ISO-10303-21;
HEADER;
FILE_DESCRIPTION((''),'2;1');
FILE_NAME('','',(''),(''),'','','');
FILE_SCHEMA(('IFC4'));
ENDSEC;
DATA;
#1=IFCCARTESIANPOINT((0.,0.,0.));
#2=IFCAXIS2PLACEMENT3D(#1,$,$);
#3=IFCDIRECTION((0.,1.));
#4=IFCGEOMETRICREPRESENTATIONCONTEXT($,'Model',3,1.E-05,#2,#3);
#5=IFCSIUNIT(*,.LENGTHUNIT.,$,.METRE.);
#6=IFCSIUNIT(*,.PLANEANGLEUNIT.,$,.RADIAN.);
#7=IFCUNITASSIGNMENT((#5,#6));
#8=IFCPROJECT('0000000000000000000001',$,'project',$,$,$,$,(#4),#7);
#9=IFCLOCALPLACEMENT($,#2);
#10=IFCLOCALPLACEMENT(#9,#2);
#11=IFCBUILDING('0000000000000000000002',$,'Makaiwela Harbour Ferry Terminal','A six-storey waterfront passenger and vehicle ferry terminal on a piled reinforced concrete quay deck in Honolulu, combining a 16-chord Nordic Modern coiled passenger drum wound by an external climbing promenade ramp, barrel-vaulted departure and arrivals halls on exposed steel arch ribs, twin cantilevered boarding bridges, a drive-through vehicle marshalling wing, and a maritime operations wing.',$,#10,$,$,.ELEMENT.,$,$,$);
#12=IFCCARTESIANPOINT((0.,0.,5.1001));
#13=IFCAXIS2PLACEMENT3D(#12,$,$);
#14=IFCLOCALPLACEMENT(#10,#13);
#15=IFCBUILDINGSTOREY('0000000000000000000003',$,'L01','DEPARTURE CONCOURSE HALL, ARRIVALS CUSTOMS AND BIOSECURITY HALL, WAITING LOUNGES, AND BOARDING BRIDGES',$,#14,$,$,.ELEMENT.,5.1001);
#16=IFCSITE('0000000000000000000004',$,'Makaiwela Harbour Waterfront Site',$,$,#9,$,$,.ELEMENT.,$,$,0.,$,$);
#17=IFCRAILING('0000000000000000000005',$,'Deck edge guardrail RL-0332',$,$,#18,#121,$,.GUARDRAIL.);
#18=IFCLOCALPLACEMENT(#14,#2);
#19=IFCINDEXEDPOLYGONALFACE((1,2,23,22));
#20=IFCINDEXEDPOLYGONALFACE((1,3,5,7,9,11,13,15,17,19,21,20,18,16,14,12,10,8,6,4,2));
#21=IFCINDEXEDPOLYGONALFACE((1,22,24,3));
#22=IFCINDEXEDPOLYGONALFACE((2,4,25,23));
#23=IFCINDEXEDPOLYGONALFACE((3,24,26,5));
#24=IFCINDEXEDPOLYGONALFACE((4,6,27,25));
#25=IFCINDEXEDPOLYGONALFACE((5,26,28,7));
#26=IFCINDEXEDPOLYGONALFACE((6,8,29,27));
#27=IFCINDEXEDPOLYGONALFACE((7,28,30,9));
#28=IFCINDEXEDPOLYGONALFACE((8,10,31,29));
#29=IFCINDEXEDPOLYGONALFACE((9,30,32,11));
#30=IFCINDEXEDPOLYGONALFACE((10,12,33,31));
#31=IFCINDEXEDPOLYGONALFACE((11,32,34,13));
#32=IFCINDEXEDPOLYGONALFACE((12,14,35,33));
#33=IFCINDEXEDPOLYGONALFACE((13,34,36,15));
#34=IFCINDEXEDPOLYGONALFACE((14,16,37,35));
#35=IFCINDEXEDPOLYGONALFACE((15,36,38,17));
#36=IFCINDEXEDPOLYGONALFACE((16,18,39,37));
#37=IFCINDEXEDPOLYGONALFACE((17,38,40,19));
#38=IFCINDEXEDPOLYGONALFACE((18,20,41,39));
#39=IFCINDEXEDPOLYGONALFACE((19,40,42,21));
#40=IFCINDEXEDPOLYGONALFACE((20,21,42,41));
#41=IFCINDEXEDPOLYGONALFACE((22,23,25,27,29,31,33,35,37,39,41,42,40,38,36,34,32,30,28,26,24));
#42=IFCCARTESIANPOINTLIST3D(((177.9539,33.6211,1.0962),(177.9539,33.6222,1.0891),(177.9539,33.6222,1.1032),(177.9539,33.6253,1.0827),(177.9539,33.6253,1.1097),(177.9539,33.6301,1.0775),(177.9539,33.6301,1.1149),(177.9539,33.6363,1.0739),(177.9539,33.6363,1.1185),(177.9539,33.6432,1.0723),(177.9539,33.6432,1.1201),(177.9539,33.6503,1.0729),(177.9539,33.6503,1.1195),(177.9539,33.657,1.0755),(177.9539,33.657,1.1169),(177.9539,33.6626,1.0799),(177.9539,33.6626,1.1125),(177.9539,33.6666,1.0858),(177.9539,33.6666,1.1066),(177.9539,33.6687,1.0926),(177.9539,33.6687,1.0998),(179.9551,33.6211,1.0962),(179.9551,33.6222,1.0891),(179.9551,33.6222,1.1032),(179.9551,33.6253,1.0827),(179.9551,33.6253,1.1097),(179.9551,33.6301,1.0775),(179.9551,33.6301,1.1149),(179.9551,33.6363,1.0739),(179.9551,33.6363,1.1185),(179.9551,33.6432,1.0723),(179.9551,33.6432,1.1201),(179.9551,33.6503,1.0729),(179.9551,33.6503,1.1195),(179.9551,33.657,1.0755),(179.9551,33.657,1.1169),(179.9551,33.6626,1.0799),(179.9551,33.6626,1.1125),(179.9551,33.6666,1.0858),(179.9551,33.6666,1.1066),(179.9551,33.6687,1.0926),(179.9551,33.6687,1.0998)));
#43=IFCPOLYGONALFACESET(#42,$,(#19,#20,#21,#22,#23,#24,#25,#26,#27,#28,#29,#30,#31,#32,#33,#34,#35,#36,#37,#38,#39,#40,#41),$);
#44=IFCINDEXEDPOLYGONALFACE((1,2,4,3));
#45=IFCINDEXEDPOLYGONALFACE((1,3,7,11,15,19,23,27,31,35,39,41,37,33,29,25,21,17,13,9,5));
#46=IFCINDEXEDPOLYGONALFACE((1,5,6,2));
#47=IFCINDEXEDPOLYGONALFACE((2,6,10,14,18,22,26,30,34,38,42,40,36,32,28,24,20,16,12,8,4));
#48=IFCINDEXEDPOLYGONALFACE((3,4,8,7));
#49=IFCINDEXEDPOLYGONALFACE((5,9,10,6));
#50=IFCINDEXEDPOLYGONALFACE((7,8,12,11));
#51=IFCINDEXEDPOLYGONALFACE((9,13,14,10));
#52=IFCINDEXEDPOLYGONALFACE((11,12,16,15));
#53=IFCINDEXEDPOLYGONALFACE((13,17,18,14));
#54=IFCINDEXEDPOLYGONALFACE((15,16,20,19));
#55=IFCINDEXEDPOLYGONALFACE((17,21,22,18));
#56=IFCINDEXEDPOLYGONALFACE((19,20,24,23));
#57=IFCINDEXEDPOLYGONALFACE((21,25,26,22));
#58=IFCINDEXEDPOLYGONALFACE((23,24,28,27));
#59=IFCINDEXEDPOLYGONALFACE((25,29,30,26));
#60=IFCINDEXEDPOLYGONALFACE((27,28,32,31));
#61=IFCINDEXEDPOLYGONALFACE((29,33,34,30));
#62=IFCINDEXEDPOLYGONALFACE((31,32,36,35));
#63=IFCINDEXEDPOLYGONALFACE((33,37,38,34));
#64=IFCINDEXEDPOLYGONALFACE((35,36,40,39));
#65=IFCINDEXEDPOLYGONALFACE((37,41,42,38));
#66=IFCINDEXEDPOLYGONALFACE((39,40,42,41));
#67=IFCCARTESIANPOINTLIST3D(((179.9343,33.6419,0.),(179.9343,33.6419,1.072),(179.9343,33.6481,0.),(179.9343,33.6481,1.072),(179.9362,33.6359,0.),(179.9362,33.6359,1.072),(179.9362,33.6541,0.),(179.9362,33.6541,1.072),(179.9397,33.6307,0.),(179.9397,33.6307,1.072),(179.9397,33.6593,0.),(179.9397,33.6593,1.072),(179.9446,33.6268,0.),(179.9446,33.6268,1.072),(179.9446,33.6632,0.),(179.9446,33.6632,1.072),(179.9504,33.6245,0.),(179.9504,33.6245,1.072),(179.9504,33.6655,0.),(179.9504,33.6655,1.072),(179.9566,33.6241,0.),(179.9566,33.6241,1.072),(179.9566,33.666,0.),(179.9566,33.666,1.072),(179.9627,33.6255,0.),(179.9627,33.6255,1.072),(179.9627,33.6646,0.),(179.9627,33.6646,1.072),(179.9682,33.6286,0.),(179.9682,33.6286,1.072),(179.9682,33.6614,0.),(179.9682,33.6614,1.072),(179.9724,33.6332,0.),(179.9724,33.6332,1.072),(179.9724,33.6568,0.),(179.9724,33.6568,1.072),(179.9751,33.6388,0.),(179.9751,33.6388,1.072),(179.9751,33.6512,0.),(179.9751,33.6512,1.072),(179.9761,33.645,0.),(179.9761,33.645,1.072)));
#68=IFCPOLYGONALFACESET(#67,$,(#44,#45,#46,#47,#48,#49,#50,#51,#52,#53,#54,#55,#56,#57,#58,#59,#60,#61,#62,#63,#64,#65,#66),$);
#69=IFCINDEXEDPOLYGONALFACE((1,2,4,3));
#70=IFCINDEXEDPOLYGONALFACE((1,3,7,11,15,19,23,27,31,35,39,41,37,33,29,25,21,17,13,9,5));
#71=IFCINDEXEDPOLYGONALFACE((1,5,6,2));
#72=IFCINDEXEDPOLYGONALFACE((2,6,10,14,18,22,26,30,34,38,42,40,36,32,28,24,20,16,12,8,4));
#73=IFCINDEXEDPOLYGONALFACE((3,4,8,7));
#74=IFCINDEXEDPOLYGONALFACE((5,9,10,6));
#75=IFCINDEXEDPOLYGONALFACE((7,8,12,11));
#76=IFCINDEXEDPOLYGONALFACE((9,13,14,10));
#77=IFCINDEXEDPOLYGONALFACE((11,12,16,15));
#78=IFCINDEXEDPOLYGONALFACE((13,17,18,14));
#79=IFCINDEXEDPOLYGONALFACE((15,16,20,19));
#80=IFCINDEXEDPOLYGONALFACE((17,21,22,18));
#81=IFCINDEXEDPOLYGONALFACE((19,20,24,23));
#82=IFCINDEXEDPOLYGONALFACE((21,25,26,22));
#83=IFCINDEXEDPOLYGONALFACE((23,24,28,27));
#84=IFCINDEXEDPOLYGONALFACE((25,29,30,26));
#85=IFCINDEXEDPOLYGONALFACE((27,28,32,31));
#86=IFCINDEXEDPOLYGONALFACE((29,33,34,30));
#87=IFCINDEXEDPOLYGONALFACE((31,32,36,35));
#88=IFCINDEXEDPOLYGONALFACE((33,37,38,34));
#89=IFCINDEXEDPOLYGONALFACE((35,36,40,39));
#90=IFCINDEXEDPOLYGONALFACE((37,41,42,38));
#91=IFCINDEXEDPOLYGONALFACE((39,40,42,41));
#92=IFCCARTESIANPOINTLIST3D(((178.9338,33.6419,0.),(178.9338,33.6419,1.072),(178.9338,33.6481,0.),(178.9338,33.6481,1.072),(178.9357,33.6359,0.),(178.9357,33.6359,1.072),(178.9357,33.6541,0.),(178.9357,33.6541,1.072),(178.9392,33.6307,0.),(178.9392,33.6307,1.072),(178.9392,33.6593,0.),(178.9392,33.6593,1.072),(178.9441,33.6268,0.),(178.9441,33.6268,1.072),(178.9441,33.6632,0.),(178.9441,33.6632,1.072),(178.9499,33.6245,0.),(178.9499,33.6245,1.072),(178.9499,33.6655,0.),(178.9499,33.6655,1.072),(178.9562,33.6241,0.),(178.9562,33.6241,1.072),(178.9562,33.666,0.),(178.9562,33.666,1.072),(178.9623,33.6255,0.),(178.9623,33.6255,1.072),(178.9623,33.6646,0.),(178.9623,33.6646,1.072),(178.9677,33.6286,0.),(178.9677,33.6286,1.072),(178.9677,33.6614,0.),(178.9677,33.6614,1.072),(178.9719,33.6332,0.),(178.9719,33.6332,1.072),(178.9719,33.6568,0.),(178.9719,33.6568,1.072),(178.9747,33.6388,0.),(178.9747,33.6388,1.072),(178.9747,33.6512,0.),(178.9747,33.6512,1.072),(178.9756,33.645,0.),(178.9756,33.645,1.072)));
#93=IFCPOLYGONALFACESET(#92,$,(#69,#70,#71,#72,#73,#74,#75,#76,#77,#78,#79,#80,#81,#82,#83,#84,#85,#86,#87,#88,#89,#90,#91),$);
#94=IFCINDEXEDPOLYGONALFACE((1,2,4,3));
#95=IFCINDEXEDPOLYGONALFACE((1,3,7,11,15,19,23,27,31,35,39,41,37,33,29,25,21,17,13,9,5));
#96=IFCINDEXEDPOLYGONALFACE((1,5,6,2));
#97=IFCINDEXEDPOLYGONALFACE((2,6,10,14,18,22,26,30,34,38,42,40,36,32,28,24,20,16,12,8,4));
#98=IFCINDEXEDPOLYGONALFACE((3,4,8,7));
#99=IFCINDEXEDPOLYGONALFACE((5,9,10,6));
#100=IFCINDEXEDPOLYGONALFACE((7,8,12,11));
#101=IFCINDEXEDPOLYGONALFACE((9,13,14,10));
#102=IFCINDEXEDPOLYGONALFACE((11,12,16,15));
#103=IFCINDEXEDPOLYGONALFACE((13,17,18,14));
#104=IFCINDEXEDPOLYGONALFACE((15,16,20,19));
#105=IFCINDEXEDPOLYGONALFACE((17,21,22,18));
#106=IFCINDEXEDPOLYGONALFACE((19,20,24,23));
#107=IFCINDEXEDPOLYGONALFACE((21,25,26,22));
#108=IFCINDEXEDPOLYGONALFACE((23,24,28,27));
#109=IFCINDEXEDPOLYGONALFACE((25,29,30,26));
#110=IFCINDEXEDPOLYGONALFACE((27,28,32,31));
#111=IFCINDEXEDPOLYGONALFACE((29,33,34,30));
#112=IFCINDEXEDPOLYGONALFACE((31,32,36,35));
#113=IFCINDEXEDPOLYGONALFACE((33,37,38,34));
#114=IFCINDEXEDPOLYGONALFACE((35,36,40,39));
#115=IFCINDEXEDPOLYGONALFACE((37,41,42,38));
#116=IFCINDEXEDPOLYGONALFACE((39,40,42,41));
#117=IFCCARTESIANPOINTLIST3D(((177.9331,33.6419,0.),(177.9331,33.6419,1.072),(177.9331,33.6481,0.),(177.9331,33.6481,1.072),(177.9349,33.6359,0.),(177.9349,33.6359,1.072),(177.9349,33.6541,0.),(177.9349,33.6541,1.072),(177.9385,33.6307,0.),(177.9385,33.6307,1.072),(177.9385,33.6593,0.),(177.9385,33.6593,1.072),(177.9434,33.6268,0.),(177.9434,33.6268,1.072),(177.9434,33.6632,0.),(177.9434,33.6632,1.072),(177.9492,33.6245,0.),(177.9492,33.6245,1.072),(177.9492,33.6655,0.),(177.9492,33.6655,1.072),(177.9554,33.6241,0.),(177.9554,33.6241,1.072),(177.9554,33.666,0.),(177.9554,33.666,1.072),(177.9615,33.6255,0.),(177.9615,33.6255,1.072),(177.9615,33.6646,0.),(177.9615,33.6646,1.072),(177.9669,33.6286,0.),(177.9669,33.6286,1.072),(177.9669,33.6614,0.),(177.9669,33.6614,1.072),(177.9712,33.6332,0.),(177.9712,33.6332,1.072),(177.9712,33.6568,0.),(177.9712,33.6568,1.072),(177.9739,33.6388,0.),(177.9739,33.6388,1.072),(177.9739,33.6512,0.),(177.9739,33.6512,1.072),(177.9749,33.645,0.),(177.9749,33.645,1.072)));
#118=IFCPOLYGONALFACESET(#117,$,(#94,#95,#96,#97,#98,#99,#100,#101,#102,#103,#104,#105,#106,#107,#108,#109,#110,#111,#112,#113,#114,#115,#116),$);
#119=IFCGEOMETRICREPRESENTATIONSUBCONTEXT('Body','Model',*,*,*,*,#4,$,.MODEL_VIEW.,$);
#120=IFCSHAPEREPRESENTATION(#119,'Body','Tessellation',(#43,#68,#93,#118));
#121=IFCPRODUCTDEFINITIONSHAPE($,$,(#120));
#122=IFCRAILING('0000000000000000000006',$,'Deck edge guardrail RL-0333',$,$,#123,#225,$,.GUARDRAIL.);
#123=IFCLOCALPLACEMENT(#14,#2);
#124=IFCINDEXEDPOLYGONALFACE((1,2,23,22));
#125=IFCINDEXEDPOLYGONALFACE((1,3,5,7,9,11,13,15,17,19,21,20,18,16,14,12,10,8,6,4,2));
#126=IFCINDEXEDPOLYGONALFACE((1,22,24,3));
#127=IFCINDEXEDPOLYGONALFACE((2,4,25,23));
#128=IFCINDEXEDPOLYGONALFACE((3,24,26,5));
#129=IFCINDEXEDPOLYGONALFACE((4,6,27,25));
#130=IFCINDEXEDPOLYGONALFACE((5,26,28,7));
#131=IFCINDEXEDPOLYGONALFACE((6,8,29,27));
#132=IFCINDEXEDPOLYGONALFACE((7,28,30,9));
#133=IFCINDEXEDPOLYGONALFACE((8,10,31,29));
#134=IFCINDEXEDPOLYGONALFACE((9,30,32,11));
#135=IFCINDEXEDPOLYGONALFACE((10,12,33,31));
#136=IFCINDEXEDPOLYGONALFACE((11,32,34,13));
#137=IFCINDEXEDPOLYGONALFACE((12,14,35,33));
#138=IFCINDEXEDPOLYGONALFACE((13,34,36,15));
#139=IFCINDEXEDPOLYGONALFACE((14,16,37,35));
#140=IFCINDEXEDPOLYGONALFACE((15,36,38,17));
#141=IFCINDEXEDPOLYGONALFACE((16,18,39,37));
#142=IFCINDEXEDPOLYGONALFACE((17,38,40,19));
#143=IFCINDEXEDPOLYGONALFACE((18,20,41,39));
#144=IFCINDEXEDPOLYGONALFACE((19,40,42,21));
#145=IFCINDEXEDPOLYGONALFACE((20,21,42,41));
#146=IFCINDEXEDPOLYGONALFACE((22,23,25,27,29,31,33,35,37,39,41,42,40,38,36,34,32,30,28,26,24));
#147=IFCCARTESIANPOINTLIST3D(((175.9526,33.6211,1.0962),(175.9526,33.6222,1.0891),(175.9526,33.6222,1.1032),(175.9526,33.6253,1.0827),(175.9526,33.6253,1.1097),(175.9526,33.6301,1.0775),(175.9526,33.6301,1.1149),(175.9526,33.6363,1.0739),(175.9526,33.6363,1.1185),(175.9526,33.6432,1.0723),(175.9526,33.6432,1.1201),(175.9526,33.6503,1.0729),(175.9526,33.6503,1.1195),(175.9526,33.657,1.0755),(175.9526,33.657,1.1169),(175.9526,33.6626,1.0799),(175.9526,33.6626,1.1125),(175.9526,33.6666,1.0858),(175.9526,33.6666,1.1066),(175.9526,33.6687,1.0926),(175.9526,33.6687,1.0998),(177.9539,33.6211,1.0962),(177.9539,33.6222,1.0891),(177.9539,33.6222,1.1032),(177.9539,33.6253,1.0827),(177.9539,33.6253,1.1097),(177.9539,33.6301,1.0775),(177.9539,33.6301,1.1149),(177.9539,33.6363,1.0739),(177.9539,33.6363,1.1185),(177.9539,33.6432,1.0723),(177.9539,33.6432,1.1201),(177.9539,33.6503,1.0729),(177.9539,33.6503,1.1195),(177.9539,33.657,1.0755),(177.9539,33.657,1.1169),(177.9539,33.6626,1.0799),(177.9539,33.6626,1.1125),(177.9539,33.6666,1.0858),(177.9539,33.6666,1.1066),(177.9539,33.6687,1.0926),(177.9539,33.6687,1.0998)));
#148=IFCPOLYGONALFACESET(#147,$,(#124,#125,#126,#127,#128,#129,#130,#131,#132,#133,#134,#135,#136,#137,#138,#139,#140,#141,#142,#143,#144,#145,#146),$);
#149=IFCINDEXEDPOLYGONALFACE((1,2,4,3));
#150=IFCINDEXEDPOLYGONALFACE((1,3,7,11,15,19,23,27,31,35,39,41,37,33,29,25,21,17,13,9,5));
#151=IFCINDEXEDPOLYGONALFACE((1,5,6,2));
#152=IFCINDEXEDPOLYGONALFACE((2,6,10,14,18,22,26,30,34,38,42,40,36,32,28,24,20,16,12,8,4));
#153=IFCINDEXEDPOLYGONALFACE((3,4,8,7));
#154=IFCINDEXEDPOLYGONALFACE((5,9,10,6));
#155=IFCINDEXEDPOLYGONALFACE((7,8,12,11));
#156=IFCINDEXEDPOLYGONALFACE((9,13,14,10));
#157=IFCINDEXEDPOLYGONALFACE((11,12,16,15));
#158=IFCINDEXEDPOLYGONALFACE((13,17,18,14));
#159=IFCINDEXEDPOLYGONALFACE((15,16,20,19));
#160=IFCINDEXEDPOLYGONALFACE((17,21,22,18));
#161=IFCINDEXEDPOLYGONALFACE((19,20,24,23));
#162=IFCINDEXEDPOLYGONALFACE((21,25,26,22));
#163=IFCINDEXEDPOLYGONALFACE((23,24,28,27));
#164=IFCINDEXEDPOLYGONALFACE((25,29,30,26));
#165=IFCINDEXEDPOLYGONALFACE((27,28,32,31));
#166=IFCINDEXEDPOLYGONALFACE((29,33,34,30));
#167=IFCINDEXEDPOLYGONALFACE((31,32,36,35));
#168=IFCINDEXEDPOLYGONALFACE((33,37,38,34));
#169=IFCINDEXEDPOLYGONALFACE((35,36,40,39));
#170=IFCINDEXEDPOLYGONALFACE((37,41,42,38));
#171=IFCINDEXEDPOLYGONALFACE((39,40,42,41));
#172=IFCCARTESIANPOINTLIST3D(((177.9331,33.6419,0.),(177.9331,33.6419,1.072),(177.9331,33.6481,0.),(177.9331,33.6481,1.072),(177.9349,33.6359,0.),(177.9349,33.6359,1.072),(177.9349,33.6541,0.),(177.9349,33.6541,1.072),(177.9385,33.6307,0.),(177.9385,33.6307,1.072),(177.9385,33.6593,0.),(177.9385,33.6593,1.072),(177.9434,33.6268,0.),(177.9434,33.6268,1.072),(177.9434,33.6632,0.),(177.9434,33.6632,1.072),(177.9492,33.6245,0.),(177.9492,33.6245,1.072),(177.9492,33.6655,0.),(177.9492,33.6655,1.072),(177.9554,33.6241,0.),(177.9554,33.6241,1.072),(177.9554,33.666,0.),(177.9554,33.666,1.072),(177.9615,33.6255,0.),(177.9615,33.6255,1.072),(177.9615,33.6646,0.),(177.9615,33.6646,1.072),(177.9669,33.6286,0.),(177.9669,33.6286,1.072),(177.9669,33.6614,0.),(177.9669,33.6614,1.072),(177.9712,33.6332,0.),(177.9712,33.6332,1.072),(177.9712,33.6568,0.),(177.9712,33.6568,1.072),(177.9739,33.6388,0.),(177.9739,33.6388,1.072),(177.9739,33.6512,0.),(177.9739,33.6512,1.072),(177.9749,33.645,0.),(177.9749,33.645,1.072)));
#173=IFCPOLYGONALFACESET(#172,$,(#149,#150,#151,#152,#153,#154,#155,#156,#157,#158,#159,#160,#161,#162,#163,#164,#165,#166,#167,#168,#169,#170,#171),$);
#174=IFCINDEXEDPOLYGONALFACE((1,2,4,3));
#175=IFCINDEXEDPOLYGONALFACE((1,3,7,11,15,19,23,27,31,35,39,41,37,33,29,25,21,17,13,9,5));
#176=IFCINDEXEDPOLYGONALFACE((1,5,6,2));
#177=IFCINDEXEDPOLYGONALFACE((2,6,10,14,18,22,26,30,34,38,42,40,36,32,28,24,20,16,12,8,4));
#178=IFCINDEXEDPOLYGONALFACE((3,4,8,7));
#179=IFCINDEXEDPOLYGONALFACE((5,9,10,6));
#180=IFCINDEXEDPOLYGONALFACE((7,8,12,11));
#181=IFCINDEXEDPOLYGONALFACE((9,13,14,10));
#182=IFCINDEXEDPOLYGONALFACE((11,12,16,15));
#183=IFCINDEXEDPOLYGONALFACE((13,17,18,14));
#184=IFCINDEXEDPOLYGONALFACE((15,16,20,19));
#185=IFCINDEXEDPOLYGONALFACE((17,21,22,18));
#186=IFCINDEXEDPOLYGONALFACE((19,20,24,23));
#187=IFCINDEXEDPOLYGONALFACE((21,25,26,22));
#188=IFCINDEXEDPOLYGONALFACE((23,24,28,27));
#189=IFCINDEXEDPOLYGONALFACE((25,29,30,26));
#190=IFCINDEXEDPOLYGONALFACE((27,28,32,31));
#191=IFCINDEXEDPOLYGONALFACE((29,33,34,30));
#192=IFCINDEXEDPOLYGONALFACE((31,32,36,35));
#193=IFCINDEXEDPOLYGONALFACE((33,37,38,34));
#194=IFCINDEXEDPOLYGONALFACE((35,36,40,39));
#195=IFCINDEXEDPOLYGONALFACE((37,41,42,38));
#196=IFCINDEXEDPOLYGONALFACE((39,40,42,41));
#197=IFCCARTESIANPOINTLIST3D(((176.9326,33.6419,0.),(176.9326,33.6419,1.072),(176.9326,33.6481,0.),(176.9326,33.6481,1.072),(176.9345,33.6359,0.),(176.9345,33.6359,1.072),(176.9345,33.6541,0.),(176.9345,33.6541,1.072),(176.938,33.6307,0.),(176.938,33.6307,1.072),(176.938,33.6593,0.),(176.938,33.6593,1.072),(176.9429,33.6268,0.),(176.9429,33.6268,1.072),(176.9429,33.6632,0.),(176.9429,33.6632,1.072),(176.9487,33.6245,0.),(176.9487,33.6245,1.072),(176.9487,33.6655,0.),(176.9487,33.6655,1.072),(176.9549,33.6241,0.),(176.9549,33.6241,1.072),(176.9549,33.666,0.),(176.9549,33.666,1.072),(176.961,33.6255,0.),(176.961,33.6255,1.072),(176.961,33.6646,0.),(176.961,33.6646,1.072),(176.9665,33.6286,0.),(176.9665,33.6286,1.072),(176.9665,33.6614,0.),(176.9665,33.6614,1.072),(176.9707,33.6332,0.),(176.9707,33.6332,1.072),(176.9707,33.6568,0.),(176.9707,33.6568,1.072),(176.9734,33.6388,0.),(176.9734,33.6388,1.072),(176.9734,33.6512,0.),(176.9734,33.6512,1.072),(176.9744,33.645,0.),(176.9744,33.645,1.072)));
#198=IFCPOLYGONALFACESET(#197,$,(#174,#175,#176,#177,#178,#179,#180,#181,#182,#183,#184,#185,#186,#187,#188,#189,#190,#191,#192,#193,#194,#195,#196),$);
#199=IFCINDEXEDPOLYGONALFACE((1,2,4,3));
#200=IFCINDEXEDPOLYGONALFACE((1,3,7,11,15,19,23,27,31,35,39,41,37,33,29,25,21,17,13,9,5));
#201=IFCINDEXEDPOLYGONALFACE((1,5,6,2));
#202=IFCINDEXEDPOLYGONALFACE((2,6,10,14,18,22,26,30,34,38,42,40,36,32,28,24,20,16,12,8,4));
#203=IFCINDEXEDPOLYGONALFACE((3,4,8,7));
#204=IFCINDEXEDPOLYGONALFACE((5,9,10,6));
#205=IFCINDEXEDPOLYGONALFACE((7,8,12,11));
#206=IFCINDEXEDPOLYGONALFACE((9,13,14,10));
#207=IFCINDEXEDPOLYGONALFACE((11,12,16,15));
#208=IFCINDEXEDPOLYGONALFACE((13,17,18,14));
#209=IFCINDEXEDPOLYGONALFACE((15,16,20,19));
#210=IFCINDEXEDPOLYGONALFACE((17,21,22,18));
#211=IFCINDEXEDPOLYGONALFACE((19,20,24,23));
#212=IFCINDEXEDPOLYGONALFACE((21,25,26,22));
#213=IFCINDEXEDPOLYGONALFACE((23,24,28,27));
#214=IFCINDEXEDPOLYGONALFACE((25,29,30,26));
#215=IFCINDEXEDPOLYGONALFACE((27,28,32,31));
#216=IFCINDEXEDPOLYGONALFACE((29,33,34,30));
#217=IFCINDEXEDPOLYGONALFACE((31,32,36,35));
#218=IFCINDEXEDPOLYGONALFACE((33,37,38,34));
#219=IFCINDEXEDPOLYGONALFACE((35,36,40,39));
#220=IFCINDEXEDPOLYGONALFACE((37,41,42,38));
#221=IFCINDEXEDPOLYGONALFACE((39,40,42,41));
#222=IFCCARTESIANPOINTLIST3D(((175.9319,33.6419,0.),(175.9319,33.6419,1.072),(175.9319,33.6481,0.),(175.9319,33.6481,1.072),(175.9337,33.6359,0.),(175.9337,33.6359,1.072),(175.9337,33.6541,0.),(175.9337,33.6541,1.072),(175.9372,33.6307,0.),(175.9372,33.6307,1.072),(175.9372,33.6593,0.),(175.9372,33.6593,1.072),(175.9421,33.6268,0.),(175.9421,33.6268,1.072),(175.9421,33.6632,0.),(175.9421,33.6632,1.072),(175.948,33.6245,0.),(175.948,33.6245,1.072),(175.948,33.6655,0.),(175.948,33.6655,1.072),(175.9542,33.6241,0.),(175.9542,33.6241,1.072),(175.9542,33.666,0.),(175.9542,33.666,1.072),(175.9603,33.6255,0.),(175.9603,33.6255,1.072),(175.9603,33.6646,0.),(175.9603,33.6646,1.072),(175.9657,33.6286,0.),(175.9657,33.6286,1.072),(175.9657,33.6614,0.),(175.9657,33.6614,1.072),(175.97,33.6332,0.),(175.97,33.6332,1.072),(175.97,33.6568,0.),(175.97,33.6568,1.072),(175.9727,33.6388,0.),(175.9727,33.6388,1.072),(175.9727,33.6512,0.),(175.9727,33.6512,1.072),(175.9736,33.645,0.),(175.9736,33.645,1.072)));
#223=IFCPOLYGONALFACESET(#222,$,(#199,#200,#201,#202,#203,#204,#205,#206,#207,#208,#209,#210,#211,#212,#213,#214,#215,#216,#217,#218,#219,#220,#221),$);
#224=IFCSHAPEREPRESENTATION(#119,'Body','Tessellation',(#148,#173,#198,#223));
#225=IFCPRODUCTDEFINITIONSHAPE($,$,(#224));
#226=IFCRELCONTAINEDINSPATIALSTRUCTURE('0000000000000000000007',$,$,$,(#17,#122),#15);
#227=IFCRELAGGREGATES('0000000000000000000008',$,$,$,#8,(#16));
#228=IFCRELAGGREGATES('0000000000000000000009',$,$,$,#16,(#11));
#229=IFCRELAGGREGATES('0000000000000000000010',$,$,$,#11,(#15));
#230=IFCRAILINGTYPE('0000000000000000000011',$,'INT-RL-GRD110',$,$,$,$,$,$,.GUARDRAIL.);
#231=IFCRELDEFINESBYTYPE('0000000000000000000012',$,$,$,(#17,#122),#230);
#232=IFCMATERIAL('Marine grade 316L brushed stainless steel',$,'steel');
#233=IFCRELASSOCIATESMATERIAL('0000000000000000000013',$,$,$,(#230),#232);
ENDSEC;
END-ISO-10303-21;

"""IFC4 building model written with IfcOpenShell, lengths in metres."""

from ifc_helpers import new_model, si_unit, direction, frame, origin, origin_2d, place, context, subcontext, project, spatial, circle, extrude, material, type_object, element, save


model = new_model("IFC4")

# Units and contexts
model_context = context("Model", 3, precision=1e-05, world=origin(), true_north=direction((0.0, 1.0)))
body_context = subcontext(model_context, "Body", "Model", "MODEL_VIEW")
ifc_project = project(units=[si_unit("LENGTHUNIT", "METRE"), si_unit("PLANEANGLEUNIT", "RADIAN")], contexts=[model_context])

# Site, building, storey
site_placement = place(None, origin())
site = spatial("IfcSite", under=ifc_project, at=site_placement, Name="Makaiwela Harbour Waterfront Site", CompositionType="ELEMENT", RefElevation=0.0)
building_placement = place(site_placement, origin())
building = spatial("IfcBuilding", under=site, at=building_placement, Name="Makaiwela Harbour Ferry Terminal", Description="A six-storey waterfront passenger and vehicle ferry terminal on a piled reinforced concrete quay deck in Honolulu, combining a 16-chord Nordic Modern coiled passenger drum wound by an external climbing promenade ramp, barrel-vaulted departure and arrivals halls on exposed steel arch ribs, twin cantilevered boarding bridges, a drive-through vehicle marshalling wing, and a maritime operations wing.", CompositionType="ELEMENT")
storey_placement = place(building_placement, frame((0.0, 0.0, 5.1001)))
storey = spatial("IfcBuildingStorey", under=building, at=storey_placement, Name="L01", Description="DEPARTURE CONCOURSE HALL, ARRIVALS CUSTOMS AND BIOSECURITY HALL, WAITING LOUNGES, AND BOARDING BRIDGES", CompositionType="ELEMENT", Elevation=5.1001)

# Railings
ifc_material_1 = material(Name="Marine grade 316L brushed stainless steel", Category="steel")
railing_type = type_object("IfcRailingType", Name="INT-RL-GRD110", PredefinedType="GUARDRAIL", material=ifc_material_1)
for number, where, name in (
    (1, (179.9551, 33.645, 0.0), "Deck edge guardrail RL-0332"),
    (2, (177.9539, 33.645, 0.0), "Deck edge guardrail RL-0333"),
):
    element("IfcRailing", number, at=place(storey_placement, frame(where)), inside=storey, type_object=railing_type, Name=name, PredefinedType="GUARDRAIL", context=body_context, shape_type="SweptSolid", body=[
        extrude(circle(Radius=0.0239, at=origin_2d()), frame((0.0, 0.0, 1.0962), z_axis=(-1.0, 0.0, 0.0), x_axis=(0.0, -1.0, 0.0)), (0.0, 0.0, 1.0), 2.0012),
        extrude(circle(Radius=0.021, at=origin_2d()), origin(), (0.0, 0.0, 1.0), 1.072),
        extrude(circle(Radius=0.021, at=origin_2d()), frame((-1.0005, 0.0, 0.0)), (0.0, 0.0, 1.0), 1.072),
        extrude(circle(Radius=0.021, at=origin_2d()), frame((-2.0012, 0.0, 0.0)), (0.0, 0.0, 1.0), 1.072),
    ])

save(model, "model.ifc")
